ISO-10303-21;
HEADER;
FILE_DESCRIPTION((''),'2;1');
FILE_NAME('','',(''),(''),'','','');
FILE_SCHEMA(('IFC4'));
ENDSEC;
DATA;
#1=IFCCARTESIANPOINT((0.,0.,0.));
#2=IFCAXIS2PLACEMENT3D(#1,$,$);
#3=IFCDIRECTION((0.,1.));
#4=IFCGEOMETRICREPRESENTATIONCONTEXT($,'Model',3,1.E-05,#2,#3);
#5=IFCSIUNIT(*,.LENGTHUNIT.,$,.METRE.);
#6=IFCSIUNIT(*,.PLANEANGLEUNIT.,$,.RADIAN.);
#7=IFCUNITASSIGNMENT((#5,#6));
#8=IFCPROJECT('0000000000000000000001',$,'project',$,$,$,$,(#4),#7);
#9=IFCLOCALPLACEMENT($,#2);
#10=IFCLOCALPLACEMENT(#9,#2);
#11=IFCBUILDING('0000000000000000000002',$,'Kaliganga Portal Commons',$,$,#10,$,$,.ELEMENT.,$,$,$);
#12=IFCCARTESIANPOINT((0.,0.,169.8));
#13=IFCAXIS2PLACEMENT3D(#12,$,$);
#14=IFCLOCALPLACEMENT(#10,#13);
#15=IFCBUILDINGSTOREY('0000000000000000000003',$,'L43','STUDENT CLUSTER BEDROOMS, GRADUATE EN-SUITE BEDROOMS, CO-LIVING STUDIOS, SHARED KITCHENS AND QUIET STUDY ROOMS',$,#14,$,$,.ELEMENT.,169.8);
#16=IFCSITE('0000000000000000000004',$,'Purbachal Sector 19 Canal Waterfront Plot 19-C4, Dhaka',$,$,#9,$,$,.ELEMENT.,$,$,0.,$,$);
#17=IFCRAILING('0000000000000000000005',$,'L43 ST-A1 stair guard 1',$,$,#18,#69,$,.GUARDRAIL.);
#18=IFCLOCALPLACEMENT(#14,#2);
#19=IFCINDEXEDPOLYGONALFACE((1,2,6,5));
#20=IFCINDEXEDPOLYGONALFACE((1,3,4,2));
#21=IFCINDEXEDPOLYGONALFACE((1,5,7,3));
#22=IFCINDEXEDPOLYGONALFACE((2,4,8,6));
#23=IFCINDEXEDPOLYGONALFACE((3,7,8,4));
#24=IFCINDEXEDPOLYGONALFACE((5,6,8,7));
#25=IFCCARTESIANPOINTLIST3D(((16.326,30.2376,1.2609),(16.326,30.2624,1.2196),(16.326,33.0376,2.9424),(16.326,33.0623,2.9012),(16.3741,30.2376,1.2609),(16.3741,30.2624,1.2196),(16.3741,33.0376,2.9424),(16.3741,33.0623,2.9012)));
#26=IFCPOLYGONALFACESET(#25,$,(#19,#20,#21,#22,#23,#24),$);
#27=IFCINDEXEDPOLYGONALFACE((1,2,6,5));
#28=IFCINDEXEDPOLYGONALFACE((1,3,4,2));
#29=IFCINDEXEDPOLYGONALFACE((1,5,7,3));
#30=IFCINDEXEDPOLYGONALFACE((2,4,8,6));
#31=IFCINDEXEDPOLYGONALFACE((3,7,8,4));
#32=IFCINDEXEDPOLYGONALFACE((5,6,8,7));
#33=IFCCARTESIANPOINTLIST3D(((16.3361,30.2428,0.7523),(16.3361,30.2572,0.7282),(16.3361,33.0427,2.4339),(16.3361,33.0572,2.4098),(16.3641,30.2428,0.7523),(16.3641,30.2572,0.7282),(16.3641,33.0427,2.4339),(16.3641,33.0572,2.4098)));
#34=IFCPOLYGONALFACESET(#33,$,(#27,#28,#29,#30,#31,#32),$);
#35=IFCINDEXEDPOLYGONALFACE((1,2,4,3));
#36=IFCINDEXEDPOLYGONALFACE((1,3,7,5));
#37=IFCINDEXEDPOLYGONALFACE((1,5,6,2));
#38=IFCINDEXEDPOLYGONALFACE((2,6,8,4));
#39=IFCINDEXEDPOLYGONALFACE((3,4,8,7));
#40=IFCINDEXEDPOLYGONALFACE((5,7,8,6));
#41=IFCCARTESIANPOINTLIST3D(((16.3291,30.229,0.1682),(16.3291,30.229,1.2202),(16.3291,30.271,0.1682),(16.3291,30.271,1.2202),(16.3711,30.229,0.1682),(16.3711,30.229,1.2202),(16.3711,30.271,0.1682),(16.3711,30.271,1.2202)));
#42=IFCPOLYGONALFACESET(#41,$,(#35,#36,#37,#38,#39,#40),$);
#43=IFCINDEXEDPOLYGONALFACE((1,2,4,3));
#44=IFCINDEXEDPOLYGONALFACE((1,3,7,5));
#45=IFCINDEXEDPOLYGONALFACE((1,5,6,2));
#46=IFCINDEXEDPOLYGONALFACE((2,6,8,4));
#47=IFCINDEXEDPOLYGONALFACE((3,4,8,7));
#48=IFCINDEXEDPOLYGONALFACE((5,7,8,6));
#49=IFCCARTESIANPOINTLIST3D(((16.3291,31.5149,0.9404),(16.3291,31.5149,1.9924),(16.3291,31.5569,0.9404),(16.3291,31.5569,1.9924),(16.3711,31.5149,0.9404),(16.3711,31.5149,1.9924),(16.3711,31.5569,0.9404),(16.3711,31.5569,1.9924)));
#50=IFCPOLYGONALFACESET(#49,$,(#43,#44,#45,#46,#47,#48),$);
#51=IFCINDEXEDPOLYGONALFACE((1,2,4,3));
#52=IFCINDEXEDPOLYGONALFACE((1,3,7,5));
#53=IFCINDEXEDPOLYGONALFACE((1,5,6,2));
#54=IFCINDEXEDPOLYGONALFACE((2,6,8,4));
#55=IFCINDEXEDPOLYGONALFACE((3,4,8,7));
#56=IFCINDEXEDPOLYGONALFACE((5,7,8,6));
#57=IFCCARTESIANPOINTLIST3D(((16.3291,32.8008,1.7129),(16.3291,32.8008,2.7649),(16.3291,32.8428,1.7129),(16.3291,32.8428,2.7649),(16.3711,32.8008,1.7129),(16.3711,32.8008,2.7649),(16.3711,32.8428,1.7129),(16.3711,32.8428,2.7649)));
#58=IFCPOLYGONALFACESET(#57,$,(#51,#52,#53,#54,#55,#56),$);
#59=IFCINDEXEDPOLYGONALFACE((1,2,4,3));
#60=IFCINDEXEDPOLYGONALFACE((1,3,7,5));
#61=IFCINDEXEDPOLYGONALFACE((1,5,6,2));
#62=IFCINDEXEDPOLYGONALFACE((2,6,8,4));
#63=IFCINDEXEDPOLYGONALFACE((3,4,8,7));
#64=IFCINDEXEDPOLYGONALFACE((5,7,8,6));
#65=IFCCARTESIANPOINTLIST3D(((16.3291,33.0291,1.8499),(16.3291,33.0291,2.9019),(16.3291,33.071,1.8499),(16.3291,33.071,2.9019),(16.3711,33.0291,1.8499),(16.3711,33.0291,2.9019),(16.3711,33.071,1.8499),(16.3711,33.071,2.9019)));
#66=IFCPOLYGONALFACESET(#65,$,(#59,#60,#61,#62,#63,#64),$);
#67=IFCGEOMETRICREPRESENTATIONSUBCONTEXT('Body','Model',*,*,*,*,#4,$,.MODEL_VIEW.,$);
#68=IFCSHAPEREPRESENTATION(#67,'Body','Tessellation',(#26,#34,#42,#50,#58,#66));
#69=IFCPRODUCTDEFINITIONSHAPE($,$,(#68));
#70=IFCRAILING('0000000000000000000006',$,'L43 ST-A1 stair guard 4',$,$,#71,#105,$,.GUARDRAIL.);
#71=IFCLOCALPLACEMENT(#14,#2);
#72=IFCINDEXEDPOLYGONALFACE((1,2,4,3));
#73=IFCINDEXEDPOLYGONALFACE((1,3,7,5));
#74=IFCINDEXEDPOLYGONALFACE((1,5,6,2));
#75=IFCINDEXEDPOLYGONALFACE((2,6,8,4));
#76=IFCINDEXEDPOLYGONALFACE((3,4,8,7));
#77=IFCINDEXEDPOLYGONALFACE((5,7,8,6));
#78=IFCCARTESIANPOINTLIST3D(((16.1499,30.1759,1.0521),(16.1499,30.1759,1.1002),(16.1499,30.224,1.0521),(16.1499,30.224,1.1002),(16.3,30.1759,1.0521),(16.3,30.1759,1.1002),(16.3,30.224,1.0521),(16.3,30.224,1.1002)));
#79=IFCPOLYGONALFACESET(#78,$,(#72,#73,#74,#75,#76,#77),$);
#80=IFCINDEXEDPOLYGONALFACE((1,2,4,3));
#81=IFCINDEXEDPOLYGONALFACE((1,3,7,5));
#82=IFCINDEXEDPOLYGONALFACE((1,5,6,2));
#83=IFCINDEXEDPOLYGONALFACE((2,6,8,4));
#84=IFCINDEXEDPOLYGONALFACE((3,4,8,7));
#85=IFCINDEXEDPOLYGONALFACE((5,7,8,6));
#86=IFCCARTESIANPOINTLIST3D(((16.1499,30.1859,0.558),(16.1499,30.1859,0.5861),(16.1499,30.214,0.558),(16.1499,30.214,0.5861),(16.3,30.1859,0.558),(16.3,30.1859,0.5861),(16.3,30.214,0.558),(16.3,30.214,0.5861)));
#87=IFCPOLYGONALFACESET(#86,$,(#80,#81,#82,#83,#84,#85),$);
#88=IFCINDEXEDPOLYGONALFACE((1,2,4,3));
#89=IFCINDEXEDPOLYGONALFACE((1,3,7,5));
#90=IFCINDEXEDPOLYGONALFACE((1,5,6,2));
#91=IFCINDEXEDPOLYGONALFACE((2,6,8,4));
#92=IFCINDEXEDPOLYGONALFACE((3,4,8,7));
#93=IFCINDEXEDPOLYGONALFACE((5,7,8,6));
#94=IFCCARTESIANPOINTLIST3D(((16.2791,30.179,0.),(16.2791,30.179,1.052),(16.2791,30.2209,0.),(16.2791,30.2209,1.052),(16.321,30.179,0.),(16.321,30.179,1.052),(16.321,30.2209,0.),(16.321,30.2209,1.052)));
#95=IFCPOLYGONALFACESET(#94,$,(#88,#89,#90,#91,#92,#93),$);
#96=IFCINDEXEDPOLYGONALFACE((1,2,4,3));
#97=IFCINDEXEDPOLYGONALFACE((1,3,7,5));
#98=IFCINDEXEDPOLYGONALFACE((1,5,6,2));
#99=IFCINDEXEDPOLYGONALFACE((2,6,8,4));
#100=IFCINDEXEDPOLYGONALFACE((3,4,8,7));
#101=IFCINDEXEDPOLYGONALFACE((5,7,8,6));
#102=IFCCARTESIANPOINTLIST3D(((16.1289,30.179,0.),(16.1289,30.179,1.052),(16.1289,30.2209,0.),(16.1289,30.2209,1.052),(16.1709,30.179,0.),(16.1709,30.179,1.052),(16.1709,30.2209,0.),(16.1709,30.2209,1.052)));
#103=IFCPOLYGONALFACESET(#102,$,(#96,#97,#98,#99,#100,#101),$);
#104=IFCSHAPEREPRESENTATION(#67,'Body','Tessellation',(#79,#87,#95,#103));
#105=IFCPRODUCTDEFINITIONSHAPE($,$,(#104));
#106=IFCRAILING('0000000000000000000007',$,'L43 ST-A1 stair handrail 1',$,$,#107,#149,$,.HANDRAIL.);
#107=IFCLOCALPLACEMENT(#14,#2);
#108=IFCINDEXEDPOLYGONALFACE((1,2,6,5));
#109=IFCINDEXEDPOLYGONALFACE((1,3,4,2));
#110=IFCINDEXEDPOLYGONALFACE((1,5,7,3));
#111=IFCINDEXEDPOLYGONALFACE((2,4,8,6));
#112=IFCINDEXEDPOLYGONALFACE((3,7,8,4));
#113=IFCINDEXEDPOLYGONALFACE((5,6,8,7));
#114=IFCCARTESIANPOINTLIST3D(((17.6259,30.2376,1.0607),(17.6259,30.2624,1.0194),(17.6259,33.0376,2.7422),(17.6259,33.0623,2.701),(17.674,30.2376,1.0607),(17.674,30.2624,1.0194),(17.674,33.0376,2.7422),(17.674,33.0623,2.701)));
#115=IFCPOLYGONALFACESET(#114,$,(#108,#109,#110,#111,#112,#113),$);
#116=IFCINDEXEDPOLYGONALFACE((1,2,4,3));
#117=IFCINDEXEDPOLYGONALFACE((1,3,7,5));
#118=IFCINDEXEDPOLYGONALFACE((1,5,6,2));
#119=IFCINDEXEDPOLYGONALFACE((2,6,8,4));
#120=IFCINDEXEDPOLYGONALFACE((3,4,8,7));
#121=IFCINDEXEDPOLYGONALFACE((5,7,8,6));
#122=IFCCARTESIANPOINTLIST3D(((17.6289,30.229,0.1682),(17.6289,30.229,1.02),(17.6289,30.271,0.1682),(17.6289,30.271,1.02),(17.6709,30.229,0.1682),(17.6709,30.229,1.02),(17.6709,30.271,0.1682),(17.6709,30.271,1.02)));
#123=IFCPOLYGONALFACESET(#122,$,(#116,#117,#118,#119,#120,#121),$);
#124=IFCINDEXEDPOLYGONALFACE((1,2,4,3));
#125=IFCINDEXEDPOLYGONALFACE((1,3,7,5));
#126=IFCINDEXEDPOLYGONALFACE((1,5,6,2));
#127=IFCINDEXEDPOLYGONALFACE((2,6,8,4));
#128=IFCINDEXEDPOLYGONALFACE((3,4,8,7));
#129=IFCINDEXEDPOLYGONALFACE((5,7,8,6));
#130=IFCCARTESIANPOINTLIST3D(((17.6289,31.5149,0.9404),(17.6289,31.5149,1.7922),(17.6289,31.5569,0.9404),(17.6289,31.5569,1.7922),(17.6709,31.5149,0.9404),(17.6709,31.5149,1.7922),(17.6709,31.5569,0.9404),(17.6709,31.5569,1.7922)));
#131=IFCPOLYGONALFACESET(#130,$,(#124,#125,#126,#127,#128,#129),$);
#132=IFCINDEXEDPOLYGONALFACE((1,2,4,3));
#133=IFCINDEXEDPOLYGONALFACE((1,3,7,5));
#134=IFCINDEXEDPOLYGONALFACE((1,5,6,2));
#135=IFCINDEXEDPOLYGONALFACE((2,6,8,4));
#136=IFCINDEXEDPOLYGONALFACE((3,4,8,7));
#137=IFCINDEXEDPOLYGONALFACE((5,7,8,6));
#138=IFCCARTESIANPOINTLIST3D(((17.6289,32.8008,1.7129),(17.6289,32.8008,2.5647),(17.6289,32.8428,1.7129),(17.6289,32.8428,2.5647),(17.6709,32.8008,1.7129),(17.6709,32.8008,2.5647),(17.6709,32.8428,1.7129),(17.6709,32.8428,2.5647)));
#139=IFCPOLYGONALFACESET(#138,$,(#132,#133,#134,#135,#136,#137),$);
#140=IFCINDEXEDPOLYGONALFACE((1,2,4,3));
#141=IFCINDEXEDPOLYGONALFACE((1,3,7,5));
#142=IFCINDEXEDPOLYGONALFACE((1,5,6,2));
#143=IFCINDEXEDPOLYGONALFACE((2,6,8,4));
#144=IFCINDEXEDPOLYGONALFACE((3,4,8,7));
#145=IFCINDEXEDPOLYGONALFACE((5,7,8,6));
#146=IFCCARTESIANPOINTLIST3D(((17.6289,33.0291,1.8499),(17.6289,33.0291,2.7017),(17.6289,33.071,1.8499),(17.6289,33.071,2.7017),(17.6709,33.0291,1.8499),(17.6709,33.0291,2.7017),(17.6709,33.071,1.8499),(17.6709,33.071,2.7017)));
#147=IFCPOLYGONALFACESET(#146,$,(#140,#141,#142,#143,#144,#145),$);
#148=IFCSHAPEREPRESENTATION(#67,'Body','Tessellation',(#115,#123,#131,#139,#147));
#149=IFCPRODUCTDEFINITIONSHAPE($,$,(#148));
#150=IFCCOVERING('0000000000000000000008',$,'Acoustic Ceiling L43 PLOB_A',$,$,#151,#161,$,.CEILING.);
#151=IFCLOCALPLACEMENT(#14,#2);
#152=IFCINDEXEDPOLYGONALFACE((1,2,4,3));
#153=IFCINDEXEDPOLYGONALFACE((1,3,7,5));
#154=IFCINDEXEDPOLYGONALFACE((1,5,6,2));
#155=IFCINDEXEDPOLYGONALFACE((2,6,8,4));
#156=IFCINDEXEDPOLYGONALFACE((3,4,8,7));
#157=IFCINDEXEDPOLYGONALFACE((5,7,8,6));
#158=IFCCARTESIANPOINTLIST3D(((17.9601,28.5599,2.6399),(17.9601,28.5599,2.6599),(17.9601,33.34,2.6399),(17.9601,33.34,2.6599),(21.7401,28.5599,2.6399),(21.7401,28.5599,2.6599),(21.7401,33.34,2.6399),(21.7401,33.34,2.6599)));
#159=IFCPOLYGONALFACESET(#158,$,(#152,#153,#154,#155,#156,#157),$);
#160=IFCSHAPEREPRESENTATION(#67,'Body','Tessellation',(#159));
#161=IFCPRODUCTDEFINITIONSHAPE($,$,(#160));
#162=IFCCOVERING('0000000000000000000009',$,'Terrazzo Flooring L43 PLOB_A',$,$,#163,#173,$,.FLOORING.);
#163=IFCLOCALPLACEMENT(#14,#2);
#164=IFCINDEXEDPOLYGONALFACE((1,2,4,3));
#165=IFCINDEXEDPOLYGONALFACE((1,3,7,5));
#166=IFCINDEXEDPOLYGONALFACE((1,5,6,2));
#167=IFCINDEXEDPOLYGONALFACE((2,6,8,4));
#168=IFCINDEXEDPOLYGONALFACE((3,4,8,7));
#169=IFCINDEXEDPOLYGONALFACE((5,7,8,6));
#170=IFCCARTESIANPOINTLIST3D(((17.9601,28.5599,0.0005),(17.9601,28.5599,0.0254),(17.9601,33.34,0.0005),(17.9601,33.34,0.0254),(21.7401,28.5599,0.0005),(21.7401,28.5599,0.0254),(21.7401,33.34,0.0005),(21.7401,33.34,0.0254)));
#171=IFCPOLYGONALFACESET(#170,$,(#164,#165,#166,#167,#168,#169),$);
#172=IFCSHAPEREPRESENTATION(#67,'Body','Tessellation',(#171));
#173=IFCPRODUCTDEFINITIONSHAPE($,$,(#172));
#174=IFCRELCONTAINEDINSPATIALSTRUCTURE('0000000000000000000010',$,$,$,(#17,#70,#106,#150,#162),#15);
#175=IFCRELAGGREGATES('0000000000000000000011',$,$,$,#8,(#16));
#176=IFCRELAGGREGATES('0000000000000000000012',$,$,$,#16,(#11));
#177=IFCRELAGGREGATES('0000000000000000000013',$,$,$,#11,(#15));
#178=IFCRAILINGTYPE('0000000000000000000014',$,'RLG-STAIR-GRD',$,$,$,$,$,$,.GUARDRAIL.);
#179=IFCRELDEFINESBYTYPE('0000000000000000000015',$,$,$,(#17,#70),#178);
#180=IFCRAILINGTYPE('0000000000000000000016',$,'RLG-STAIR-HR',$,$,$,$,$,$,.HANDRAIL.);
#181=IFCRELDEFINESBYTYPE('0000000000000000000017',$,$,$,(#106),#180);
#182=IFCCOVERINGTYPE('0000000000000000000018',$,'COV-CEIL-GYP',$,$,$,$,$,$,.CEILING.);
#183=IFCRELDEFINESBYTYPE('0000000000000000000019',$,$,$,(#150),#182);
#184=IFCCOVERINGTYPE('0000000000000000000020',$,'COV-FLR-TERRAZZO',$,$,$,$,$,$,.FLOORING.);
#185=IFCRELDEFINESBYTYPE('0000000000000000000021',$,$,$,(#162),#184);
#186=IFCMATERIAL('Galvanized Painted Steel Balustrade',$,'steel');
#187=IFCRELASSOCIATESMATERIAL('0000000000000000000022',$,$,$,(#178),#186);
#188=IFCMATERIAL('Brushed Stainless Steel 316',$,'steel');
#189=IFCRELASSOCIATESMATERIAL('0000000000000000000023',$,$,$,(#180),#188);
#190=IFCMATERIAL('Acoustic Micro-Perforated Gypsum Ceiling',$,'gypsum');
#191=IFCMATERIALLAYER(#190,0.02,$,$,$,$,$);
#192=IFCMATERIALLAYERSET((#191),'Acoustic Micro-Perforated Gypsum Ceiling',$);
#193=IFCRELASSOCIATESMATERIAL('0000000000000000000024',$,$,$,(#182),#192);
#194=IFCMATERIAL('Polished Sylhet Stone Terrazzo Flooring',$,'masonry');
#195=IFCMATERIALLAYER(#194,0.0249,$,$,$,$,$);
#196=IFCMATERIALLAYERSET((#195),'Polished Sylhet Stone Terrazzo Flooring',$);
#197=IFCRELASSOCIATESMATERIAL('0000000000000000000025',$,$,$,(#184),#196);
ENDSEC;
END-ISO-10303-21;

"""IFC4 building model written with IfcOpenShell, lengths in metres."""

from ifc_helpers import new_model, si_unit, direction, frame, origin, origin_2d, place, context, subcontext, project, spatial, rectangle, extrude, source, transform, mapped, material, layer, layer_set, type_object, element, save


model = new_model("IFC4")

# Units and contexts
model_context = context("Model", 3, precision=1e-05, world=origin(), true_north=direction((0.0, 1.0)))
body_context = subcontext(model_context, "Body", "Model", "MODEL_VIEW")
ifc_project = project(units=[si_unit("LENGTHUNIT", "METRE"), si_unit("PLANEANGLEUNIT", "RADIAN")], contexts=[model_context])

# Site, building, storey
site_placement = place(None, origin())
site = spatial("IfcSite", under=ifc_project, at=site_placement, Name="Purbachal Sector 19 Canal Waterfront Plot 19-C4, Dhaka", CompositionType="ELEMENT", RefElevation=0.0)
building_placement = place(site_placement, origin())
building = spatial("IfcBuilding", under=site, at=building_placement, Name="Kaliganga Portal Commons", CompositionType="ELEMENT")
storey_placement = place(building_placement, frame((0.0, 0.0, 169.8)))
storey = spatial("IfcBuildingStorey", under=building, at=storey_placement, Name="L43", Description="STUDENT CLUSTER BEDROOMS, GRADUATE EN-SUITE BEDROOMS, CO-LIVING STUDIOS, SHARED KITCHENS AND QUIET STUDY ROOMS", CompositionType="ELEMENT", Elevation=169.8)

# Railings
ifc_material_1 = material(Name="Galvanized Painted Steel Balustrade", Category="steel")
railing_type_1 = type_object("IfcRailingType", Name="RLG-STAIR-GRD", PredefinedType="GUARDRAIL", material=ifc_material_1)
railing_1_placement = place(storey_placement, frame((16.3501, 30.25, 0.1682)))
element("IfcRailing", 1, at=railing_1_placement, inside=storey, type_object=railing_type_1, Name="L43 ST-A1 stair guard 1", PredefinedType="GUARDRAIL", context=body_context, shape_type="SweptSolid", body=[
    extrude(rectangle(XDim=0.0481, YDim=0.0481, at=origin_2d()), frame((0.0, 0.0, 1.072), z_axis=(0.0, 0.857275, 0.514858), x_axis=(-1.0, 0.0, 0.0)), (0.0, 0.0, 1.0), 3.2661),
    extrude(rectangle(XDim=0.0281, YDim=0.0281, at=origin_2d()), frame((0.0, 0.0, 0.572), z_axis=(0.0, 0.857275, 0.514858), x_axis=(-1.0, 0.0, 0.0)), (0.0, 0.0, 1.0), 3.2661),
    extrude(rectangle(XDim=0.042, YDim=0.042, at=origin_2d()), origin(), (0.0, 0.0, 1.0), 1.052),
    extrude(rectangle(XDim=0.042, YDim=0.042, at=origin_2d()), frame((0.0, 1.2859, 0.7722)), (0.0, 0.0, 1.0), 1.052),
    extrude(rectangle(XDim=0.042, YDim=0.042, at=origin_2d()), frame((0.0, 2.5718, 1.5447)), (0.0, 0.0, 1.0), 1.052),
    extrude(rectangle(XDim=0.042, YDim=0.042, at=origin_2d()), frame((0.0, 2.8, 1.6816)), (0.0, 0.0, 1.0), 1.052),
])
railing_2_placement = place(storey_placement, frame((16.3, 30.2, 0.0)))
element("IfcRailing", 2, at=railing_2_placement, inside=storey, type_object=railing_type_1, Name="L43 ST-A1 stair guard 4", PredefinedType="GUARDRAIL", context=body_context, shape_type="SweptSolid", body=[
    extrude(rectangle(XDim=0.0481, YDim=0.0481, at=origin_2d()), frame((0.0, 0.0, 1.0762), z_axis=(-1.0, 0.0, 0.0), x_axis=(0.0, -1.0, 0.0)), (0.0, 0.0, 1.0), 0.1501),
    extrude(rectangle(XDim=0.0281, YDim=0.0281, at=origin_2d()), frame((0.0, 0.0, 0.572), z_axis=(-1.0, 0.0, 0.0), x_axis=(0.0, -1.0, 0.0)), (0.0, 0.0, 1.0), 0.1501),
    extrude(rectangle(XDim=0.042, YDim=0.042, at=origin_2d()), origin(), (0.0, 0.0, 1.0), 1.052),
    extrude(rectangle(XDim=0.042, YDim=0.042, at=origin_2d()), frame((-0.1501, 0.0, 0.0)), (0.0, 0.0, 1.0), 1.052),
])
ifc_material_2 = material(Name="Brushed Stainless Steel 316", Category="steel")
railing_type_2 = type_object("IfcRailingType", Name="RLG-STAIR-HR", PredefinedType="HANDRAIL", material=ifc_material_2)
railing_3_placement = place(storey_placement, frame((17.6499, 30.25, 0.1682)))
element("IfcRailing", 3, at=railing_3_placement, inside=storey, type_object=railing_type_2, Name="L43 ST-A1 stair handrail 1", PredefinedType="HANDRAIL", context=body_context, shape_type="SweptSolid", body=[
    extrude(rectangle(XDim=0.0481, YDim=0.0481, at=origin_2d()), frame((0.0, 0.0, 0.8718), z_axis=(0.0, 0.857275, 0.514858), x_axis=(-1.0, 0.0, 0.0)), (0.0, 0.0, 1.0), 3.2661),
    extrude(rectangle(XDim=0.042, YDim=0.042, at=origin_2d()), origin(), (0.0, 0.0, 1.0), 0.8518),
    extrude(rectangle(XDim=0.042, YDim=0.042, at=origin_2d()), frame((0.0, 1.2859, 0.7722)), (0.0, 0.0, 1.0), 0.8518),
    extrude(rectangle(XDim=0.042, YDim=0.042, at=origin_2d()), frame((0.0, 2.5718, 1.5447)), (0.0, 0.0, 1.0), 0.8518),
    extrude(rectangle(XDim=0.042, YDim=0.042, at=origin_2d()), frame((0.0, 2.8, 1.6816)), (0.0, 0.0, 1.0), 0.8518),
])

# Coverings
ifc_material_3 = material(Name="Acoustic Micro-Perforated Gypsum Ceiling", Category="gypsum")
ifc_layer_1 = layer(ifc_material_3, 0.02)
ifc_layer_set_1 = layer_set([ifc_layer_1], Name="Acoustic Micro-Perforated Gypsum Ceiling")
covering_type_1 = type_object("IfcCoveringType", Name="COV-CEIL-GYP", PredefinedType="CEILING", material=ifc_layer_set_1)
shared_shape_1 = source(origin(), body_context, "Body", "SweptSolid", [
    extrude(rectangle(XDim=3.78, YDim=4.78, at=origin_2d()), origin(), (0.0, 0.0, 1.0), 0.02),
])
covering_1_placement = place(storey_placement, frame((19.8501, 30.95, 2.6399), z_axis=(0.0, 0.0, 1.0), x_axis=(1.0, 0.0, 0.0)))
element("IfcCovering", 4, at=covering_1_placement, inside=storey, type_object=covering_type_1, Name="Acoustic Ceiling L43 PLOB_A", PredefinedType="CEILING", context=body_context, shape_type="MappedRepresentation", body=[
    mapped(shared_shape_1, transform((0.0, 0.0, 0.0), x_axis=(1.0, 0.0, 0.0), y_axis=(0.0, 1.0, 0.0), z_axis=(0.0, 0.0, 1.0), scale=1.0)),
])
ifc_material_4 = material(Name="Polished Sylhet Stone Terrazzo Flooring", Category="masonry")
ifc_layer_2 = layer(ifc_material_4, 0.0249)
ifc_layer_set_2 = layer_set([ifc_layer_2], Name="Polished Sylhet Stone Terrazzo Flooring")
covering_type_2 = type_object("IfcCoveringType", Name="COV-FLR-TERRAZZO", PredefinedType="FLOORING", material=ifc_layer_set_2)
shared_shape_2 = source(origin(), body_context, "Body", "SweptSolid", [
    extrude(rectangle(XDim=3.78, YDim=4.78, at=origin_2d()), origin(), (0.0, 0.0, 1.0), 0.0249),
])
covering_2_placement = place(storey_placement, frame((19.8501, 30.95, 0.0005), z_axis=(0.0, 0.0, 1.0), x_axis=(1.0, 0.0, 0.0)))
element("IfcCovering", 5, at=covering_2_placement, inside=storey, type_object=covering_type_2, Name="Terrazzo Flooring L43 PLOB_A", PredefinedType="FLOORING", context=body_context, shape_type="MappedRepresentation", body=[
    mapped(shared_shape_2, transform((0.0, 0.0, 0.0), x_axis=(1.0, 0.0, 0.0), y_axis=(0.0, 1.0, 0.0), z_axis=(0.0, 0.0, 1.0), scale=1.0)),
])

save(model, "model.ifc")
